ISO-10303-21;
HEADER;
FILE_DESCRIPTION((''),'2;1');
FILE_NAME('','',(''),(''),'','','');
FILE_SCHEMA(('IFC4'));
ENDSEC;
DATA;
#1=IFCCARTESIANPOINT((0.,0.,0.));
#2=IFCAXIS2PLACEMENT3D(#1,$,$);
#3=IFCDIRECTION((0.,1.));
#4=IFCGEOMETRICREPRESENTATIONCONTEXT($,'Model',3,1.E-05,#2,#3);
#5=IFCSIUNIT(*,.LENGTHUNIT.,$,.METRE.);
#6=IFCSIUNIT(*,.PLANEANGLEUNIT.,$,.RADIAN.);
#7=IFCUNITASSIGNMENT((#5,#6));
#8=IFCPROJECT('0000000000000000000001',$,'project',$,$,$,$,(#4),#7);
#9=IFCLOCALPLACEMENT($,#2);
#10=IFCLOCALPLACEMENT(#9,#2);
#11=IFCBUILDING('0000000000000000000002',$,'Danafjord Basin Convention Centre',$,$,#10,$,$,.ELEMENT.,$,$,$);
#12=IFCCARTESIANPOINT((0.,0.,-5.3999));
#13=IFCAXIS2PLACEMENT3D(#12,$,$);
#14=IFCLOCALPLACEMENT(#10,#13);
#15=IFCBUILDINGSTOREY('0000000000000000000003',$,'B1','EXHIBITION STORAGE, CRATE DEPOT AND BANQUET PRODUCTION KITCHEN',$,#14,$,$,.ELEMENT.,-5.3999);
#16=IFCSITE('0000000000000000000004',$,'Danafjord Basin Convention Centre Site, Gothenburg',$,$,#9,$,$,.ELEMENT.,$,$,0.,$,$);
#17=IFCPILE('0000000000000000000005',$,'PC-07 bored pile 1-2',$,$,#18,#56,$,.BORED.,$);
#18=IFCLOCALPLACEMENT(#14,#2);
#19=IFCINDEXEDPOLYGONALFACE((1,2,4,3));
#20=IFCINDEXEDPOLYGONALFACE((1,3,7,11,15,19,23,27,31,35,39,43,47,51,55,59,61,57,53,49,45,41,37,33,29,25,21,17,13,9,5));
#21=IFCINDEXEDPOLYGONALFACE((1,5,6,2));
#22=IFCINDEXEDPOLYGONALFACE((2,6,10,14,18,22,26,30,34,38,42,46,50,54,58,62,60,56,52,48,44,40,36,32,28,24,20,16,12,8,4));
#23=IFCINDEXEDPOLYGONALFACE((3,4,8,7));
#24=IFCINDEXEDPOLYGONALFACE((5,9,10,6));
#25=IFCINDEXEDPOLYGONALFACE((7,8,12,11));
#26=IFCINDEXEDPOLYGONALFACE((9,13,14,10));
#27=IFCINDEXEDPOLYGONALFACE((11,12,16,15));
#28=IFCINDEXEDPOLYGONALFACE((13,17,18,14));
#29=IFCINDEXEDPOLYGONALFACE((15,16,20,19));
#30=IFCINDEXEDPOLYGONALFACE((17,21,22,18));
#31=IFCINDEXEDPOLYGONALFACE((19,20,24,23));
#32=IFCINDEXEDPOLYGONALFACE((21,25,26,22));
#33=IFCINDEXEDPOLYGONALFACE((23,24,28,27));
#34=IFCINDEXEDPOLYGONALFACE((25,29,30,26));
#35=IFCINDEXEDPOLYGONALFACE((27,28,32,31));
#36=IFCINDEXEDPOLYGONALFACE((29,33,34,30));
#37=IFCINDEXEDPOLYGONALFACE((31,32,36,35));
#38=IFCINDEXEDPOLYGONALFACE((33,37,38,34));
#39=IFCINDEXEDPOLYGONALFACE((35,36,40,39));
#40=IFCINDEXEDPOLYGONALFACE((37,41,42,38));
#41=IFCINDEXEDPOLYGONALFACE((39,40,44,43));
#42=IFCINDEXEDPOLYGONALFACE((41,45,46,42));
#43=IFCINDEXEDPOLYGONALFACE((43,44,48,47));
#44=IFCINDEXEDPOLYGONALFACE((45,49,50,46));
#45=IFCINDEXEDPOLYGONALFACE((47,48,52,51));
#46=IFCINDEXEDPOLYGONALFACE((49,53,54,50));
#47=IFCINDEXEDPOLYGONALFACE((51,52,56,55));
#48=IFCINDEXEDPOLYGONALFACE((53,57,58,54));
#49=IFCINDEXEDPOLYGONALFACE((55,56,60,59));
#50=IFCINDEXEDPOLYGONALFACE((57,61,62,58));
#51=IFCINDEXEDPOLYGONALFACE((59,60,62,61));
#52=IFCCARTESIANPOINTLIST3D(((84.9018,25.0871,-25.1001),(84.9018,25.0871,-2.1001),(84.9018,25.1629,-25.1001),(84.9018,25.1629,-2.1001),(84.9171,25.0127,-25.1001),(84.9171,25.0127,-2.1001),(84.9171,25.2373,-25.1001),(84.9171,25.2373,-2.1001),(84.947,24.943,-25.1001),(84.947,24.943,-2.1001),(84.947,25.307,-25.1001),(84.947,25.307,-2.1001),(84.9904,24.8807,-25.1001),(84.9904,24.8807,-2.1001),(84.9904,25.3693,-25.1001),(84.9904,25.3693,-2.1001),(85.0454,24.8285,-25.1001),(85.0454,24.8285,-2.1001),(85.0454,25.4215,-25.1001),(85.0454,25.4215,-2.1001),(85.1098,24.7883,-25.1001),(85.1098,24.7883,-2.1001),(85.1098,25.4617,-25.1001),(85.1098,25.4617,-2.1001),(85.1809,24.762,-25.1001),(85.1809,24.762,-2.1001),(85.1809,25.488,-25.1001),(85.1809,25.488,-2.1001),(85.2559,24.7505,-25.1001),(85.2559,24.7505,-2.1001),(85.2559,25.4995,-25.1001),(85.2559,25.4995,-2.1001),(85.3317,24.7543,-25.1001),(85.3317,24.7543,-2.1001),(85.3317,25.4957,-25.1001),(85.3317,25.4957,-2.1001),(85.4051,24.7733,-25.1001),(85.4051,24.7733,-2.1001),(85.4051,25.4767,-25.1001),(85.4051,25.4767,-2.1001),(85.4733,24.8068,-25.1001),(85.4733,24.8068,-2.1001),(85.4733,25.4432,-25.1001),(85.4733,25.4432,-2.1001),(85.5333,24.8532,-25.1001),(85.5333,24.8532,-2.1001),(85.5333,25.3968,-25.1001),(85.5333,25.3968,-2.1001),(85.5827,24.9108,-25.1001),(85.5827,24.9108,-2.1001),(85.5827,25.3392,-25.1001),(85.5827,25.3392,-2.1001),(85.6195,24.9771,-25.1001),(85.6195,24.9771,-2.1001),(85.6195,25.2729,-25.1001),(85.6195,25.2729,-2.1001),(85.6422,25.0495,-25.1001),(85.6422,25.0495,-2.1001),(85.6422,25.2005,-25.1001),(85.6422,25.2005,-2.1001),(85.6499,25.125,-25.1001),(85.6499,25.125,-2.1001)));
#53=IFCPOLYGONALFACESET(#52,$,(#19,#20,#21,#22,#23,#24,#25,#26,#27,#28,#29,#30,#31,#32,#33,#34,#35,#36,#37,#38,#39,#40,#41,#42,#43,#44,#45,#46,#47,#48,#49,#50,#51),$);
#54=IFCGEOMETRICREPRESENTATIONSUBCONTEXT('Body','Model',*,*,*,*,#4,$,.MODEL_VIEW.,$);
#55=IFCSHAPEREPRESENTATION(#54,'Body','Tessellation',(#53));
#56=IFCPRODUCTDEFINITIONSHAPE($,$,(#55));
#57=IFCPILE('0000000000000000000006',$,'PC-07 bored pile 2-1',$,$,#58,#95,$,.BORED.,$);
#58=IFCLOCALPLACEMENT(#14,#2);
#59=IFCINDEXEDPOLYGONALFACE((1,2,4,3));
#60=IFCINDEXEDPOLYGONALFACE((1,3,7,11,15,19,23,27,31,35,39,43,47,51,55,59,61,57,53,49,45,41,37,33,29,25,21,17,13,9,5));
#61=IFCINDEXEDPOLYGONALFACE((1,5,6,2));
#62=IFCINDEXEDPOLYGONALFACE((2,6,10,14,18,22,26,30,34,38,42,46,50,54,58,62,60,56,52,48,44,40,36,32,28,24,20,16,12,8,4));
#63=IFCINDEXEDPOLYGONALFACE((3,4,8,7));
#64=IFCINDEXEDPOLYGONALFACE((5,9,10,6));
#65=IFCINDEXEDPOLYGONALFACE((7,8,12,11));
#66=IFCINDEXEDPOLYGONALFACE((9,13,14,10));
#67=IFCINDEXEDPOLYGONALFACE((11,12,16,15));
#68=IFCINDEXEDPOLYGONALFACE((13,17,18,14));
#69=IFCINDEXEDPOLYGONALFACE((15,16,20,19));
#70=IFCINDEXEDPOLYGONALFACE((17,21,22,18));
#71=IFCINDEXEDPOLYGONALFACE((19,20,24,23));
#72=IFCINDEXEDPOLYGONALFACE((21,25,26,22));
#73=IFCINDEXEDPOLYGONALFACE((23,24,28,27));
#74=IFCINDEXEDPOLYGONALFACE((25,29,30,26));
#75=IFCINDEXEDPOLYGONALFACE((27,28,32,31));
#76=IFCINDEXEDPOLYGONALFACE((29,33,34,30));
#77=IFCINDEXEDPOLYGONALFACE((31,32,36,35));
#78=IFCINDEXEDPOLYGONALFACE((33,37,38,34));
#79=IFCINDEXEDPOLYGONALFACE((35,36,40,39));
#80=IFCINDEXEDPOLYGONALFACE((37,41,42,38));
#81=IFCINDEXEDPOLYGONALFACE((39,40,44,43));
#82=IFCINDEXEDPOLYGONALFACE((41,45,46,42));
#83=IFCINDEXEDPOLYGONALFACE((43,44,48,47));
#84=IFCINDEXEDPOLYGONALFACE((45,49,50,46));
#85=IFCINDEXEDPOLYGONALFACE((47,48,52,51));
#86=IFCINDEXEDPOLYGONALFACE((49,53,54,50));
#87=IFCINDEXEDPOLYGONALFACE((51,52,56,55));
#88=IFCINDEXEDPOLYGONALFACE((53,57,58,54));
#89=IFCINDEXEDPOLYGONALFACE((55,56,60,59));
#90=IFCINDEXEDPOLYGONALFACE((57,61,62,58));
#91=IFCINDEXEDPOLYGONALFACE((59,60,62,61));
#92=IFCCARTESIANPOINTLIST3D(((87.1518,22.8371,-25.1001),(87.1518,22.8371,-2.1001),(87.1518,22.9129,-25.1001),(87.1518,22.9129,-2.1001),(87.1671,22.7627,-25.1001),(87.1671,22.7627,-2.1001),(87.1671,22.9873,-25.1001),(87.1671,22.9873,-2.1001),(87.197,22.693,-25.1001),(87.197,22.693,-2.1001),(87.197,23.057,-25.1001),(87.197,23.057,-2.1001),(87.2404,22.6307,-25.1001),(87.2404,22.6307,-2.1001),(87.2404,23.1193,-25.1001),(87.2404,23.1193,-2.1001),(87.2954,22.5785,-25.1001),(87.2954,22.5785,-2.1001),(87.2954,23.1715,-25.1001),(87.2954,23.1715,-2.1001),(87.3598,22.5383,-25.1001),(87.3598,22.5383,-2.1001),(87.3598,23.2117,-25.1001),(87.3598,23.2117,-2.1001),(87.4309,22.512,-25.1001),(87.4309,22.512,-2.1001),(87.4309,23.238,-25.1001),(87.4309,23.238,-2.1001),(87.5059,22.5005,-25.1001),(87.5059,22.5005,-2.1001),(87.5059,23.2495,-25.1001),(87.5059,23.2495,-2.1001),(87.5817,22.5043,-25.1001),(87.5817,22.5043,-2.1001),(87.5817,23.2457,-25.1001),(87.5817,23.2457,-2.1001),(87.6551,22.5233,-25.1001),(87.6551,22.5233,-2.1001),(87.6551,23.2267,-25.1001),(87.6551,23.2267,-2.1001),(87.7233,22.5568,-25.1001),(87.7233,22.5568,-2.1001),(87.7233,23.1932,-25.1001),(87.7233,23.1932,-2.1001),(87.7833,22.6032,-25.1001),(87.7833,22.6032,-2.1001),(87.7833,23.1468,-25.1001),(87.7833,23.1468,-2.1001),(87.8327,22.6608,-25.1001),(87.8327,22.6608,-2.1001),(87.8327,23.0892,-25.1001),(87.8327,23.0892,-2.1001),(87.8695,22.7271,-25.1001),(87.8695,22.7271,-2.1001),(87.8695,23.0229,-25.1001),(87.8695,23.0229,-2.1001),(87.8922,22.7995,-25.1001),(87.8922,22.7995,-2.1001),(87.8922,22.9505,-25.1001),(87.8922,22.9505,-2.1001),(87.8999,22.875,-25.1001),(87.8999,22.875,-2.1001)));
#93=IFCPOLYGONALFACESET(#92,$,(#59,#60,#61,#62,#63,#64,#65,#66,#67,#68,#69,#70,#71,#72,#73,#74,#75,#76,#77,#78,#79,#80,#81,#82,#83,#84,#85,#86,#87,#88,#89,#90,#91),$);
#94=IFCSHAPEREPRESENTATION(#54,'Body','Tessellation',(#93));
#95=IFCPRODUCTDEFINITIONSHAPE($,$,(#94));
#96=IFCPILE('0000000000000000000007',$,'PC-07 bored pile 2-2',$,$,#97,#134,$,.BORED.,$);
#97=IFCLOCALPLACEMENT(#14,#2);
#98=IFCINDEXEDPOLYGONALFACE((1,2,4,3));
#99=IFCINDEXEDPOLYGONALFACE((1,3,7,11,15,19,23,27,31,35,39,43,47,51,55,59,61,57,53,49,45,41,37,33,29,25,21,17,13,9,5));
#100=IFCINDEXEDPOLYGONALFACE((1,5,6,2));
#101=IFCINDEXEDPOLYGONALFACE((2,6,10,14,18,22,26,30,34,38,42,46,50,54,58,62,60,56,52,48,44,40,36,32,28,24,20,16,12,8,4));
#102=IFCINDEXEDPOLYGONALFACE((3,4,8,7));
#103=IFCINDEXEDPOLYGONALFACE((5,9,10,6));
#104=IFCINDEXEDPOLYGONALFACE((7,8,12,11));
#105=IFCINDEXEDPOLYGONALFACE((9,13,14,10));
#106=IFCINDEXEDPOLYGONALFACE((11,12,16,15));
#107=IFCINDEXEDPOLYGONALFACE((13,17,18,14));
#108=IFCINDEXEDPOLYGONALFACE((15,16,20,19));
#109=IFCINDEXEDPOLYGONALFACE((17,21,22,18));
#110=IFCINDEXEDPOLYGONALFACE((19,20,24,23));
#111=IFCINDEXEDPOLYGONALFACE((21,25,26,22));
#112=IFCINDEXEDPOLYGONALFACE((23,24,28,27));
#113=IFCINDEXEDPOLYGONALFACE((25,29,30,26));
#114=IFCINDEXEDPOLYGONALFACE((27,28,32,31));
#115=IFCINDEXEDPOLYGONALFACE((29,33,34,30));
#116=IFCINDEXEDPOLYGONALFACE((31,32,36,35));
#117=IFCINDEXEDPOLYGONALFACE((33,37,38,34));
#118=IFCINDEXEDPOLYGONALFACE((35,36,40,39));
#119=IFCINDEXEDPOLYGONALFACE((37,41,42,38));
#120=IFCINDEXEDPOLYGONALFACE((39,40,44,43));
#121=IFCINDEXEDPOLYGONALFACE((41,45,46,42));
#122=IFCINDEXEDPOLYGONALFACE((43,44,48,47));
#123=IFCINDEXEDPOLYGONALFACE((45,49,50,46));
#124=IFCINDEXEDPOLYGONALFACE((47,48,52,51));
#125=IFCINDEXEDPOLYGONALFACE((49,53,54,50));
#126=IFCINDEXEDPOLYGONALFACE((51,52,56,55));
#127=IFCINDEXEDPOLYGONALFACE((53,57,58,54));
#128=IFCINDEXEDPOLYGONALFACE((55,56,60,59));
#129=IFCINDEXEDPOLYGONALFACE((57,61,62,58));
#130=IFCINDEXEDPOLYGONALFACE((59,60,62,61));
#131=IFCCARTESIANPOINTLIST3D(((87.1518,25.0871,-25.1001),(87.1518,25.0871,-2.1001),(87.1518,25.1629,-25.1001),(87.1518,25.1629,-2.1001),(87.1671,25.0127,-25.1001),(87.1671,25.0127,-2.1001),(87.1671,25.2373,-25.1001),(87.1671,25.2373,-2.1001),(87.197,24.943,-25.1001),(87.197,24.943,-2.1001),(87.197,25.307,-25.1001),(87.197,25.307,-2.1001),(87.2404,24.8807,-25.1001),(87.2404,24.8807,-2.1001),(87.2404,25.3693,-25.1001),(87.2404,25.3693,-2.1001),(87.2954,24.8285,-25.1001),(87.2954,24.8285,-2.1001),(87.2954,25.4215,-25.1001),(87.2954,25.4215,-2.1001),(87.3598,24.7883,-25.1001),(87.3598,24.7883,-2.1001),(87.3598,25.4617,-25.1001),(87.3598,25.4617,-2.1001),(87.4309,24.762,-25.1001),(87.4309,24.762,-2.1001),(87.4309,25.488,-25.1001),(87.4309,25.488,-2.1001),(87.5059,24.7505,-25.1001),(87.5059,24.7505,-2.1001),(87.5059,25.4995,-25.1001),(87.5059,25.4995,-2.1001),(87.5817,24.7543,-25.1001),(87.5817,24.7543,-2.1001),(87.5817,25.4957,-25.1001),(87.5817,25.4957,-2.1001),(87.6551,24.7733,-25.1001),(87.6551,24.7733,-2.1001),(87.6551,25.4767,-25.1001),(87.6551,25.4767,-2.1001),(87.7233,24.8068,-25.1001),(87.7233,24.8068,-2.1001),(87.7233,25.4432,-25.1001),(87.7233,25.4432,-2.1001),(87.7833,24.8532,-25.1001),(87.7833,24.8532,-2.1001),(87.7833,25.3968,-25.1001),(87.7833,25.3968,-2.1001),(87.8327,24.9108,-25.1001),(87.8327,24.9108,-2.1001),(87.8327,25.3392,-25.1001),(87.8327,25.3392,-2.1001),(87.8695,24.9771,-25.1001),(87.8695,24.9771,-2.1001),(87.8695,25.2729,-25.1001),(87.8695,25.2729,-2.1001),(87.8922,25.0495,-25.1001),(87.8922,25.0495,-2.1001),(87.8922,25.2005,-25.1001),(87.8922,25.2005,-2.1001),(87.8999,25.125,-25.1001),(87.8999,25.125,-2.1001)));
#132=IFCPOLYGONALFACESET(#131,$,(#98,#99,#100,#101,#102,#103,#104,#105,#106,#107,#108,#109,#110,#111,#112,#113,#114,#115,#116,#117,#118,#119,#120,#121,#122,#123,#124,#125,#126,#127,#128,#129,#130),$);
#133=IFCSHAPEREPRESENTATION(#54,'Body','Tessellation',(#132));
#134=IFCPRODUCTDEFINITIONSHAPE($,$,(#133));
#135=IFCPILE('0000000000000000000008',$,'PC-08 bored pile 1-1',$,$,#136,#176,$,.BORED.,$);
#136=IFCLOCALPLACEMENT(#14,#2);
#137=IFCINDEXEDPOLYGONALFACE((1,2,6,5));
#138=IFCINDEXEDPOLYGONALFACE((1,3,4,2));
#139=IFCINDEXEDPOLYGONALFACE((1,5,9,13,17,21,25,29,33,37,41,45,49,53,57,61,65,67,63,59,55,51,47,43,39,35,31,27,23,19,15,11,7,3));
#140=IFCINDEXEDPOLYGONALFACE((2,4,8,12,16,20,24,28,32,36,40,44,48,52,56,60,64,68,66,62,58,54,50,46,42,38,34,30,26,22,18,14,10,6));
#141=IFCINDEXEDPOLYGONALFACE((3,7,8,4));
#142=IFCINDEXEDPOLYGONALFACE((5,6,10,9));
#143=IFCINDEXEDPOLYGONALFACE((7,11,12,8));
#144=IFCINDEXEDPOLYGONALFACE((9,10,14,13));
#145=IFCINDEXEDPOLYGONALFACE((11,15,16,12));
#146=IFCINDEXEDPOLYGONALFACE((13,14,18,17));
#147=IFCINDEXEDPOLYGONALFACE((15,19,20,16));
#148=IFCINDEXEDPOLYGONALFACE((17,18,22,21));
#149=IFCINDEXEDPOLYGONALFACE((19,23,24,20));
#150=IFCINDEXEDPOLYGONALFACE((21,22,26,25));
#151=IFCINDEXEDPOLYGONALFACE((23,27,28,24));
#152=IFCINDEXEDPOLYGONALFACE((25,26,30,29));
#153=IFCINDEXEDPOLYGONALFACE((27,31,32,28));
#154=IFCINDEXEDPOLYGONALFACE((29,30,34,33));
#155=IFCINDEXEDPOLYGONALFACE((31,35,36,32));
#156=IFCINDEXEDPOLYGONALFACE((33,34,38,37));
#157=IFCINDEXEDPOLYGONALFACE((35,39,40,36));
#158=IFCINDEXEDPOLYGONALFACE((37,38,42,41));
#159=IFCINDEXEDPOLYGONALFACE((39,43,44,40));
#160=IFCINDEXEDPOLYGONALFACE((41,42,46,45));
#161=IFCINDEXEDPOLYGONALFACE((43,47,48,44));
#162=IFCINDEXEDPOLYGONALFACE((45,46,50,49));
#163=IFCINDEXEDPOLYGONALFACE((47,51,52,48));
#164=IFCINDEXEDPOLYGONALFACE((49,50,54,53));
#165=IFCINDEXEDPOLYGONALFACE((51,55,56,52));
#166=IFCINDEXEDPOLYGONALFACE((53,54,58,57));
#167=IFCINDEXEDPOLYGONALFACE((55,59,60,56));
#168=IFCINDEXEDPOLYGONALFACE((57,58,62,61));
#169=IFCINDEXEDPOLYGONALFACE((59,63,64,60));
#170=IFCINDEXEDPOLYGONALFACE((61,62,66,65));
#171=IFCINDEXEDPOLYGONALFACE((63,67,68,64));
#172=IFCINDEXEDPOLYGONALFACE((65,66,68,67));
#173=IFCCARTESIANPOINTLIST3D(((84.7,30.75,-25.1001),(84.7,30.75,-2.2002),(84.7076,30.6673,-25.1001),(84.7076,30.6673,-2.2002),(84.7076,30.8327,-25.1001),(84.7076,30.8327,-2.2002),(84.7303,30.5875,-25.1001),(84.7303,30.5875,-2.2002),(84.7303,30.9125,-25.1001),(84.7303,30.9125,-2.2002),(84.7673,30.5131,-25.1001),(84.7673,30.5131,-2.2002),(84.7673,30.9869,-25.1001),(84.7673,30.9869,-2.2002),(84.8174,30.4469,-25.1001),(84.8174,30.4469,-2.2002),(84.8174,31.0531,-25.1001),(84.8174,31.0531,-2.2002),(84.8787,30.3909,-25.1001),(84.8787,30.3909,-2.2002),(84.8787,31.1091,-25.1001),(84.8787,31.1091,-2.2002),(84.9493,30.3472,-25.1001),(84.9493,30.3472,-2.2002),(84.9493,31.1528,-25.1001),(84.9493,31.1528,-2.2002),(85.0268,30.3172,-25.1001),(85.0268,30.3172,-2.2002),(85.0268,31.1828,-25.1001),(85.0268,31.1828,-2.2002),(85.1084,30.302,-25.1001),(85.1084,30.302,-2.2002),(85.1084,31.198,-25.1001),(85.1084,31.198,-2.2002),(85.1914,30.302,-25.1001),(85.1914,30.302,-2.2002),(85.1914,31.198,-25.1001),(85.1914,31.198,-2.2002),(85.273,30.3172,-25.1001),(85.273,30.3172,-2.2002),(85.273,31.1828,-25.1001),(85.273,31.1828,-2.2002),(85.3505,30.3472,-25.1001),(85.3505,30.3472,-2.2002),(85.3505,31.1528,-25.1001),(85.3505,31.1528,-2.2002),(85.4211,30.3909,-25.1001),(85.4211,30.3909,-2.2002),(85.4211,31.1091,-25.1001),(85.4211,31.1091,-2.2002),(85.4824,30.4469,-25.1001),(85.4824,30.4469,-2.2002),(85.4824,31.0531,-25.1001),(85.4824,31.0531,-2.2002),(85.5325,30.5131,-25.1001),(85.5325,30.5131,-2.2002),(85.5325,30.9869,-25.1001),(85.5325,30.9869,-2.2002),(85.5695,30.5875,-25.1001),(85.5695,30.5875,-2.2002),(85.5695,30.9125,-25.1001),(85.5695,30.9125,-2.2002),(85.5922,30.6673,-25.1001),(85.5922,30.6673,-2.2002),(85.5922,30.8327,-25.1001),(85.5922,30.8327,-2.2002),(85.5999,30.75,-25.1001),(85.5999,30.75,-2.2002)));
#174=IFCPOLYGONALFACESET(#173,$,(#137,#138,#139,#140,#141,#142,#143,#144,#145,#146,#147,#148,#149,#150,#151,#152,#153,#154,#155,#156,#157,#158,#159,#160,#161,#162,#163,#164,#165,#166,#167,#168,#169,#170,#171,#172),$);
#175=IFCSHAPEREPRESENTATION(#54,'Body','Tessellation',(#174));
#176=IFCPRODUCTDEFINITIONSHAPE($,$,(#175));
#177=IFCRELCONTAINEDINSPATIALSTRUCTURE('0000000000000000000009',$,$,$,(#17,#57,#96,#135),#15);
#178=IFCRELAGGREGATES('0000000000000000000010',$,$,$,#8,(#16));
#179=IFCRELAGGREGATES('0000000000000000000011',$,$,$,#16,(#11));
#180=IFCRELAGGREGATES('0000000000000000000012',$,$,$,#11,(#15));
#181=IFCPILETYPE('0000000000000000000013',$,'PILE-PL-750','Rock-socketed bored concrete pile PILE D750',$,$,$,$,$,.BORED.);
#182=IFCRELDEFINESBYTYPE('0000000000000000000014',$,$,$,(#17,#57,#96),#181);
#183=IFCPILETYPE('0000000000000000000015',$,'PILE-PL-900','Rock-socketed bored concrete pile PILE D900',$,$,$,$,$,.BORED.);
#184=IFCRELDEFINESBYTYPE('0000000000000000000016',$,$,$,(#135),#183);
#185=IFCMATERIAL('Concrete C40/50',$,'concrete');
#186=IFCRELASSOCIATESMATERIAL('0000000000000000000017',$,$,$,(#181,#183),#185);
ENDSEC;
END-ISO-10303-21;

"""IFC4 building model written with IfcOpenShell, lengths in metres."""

from ifc_helpers import new_model, si_unit, direction, frame, origin, origin_2d, place, context, subcontext, project, spatial, circle, extrude, material, material_profile, profile_set, type_object, element, save


model = new_model("IFC4")

# Units and contexts
model_context = context("Model", 3, precision=1e-05, world=origin(), true_north=direction((0.0, 1.0)))
body_context = subcontext(model_context, "Body", "Model", "MODEL_VIEW")
ifc_project = project(units=[si_unit("LENGTHUNIT", "METRE"), si_unit("PLANEANGLEUNIT", "RADIAN")], contexts=[model_context])

# Site, building, storey
site_placement = place(None, origin())
site = spatial("IfcSite", under=ifc_project, at=site_placement, Name="Danafjord Basin Convention Centre Site, Gothenburg", CompositionType="ELEMENT", RefElevation=0.0)
building_placement = place(site_placement, origin())
building = spatial("IfcBuilding", under=site, at=building_placement, Name="Danafjord Basin Convention Centre", CompositionType="ELEMENT")
storey_placement = place(building_placement, frame((0.0, 0.0, -5.3999)))
storey = spatial("IfcBuildingStorey", under=building, at=storey_placement, Name="B1", Description="EXHIBITION STORAGE, CRATE DEPOT AND BANQUET PRODUCTION KITCHEN", CompositionType="ELEMENT", Elevation=-5.3999)

# Shared definitions
ifc_material_1 = material(Name="Concrete C40/50", Category="concrete")

# Piles
ifc_material_profile_1 = material_profile(ifc_material_1, circle(Radius=0.375, at=origin_2d()), Name="PILE D750")
ifc_profile_set_1 = profile_set([ifc_material_profile_1], Name="Concrete C40/50")
pile_type_1 = type_object("IfcPileType", Name="PILE-PL-750", Description="Rock-socketed bored concrete pile PILE D750", PredefinedType="BORED", material=ifc_profile_set_1)
for number, where, z_axis, x_axis, name in (
    (1, (85.2749, 25.125, -2.1001), (0.0, 0.0, -1.0), (1.0, 0.0, 0.0), "PC-07 bored pile 1-2"),
    (2, (87.5249, 22.875, -2.1001), (0.0, 0.0, -1.0), (1.0, 0.0, 0.0), "PC-07 bored pile 2-1"),
    (3, (87.5249, 25.125, -2.1001), (0.0, 0.0, -1.0), (1.0, 0.0, 0.0), "PC-07 bored pile 2-2"),
):
    element("IfcPile", number, at=place(storey_placement, frame(where, z_axis=z_axis, x_axis=x_axis)), inside=storey, type_object=pile_type_1, Name=name, PredefinedType="BORED", context=body_context, shape_type="SweptSolid", body=[
        extrude(circle(Radius=0.375, at=origin_2d()), origin(), (0.0, 0.0, 1.0), 23.0),
    ])
ifc_material_profile_2 = material_profile(ifc_material_1, circle(Radius=0.45, at=origin_2d()), Name="PILE D900")
ifc_profile_set_2 = profile_set([ifc_material_profile_2], Name="Concrete C40/50")
pile_type_2 = type_object("IfcPileType", Name="PILE-PL-900", Description="Rock-socketed bored concrete pile PILE D900", PredefinedType="BORED", material=ifc_profile_set_2)
for number, where, z_axis, x_axis, name in (
    (4, (85.1499, 30.75, -2.2002), (0.0, 0.0, -1.0), (1.0, 0.0, 0.0), "PC-08 bored pile 1-1"),
):
    element("IfcPile", number, at=place(storey_placement, frame(where, z_axis=z_axis, x_axis=x_axis)), inside=storey, type_object=pile_type_2, Name=name, PredefinedType="BORED", context=body_context, shape_type="SweptSolid", body=[
        extrude(circle(Radius=0.45, at=origin_2d()), origin(), (0.0, 0.0, 1.0), 22.8999),
    ])

save(model, "model.ifc")
